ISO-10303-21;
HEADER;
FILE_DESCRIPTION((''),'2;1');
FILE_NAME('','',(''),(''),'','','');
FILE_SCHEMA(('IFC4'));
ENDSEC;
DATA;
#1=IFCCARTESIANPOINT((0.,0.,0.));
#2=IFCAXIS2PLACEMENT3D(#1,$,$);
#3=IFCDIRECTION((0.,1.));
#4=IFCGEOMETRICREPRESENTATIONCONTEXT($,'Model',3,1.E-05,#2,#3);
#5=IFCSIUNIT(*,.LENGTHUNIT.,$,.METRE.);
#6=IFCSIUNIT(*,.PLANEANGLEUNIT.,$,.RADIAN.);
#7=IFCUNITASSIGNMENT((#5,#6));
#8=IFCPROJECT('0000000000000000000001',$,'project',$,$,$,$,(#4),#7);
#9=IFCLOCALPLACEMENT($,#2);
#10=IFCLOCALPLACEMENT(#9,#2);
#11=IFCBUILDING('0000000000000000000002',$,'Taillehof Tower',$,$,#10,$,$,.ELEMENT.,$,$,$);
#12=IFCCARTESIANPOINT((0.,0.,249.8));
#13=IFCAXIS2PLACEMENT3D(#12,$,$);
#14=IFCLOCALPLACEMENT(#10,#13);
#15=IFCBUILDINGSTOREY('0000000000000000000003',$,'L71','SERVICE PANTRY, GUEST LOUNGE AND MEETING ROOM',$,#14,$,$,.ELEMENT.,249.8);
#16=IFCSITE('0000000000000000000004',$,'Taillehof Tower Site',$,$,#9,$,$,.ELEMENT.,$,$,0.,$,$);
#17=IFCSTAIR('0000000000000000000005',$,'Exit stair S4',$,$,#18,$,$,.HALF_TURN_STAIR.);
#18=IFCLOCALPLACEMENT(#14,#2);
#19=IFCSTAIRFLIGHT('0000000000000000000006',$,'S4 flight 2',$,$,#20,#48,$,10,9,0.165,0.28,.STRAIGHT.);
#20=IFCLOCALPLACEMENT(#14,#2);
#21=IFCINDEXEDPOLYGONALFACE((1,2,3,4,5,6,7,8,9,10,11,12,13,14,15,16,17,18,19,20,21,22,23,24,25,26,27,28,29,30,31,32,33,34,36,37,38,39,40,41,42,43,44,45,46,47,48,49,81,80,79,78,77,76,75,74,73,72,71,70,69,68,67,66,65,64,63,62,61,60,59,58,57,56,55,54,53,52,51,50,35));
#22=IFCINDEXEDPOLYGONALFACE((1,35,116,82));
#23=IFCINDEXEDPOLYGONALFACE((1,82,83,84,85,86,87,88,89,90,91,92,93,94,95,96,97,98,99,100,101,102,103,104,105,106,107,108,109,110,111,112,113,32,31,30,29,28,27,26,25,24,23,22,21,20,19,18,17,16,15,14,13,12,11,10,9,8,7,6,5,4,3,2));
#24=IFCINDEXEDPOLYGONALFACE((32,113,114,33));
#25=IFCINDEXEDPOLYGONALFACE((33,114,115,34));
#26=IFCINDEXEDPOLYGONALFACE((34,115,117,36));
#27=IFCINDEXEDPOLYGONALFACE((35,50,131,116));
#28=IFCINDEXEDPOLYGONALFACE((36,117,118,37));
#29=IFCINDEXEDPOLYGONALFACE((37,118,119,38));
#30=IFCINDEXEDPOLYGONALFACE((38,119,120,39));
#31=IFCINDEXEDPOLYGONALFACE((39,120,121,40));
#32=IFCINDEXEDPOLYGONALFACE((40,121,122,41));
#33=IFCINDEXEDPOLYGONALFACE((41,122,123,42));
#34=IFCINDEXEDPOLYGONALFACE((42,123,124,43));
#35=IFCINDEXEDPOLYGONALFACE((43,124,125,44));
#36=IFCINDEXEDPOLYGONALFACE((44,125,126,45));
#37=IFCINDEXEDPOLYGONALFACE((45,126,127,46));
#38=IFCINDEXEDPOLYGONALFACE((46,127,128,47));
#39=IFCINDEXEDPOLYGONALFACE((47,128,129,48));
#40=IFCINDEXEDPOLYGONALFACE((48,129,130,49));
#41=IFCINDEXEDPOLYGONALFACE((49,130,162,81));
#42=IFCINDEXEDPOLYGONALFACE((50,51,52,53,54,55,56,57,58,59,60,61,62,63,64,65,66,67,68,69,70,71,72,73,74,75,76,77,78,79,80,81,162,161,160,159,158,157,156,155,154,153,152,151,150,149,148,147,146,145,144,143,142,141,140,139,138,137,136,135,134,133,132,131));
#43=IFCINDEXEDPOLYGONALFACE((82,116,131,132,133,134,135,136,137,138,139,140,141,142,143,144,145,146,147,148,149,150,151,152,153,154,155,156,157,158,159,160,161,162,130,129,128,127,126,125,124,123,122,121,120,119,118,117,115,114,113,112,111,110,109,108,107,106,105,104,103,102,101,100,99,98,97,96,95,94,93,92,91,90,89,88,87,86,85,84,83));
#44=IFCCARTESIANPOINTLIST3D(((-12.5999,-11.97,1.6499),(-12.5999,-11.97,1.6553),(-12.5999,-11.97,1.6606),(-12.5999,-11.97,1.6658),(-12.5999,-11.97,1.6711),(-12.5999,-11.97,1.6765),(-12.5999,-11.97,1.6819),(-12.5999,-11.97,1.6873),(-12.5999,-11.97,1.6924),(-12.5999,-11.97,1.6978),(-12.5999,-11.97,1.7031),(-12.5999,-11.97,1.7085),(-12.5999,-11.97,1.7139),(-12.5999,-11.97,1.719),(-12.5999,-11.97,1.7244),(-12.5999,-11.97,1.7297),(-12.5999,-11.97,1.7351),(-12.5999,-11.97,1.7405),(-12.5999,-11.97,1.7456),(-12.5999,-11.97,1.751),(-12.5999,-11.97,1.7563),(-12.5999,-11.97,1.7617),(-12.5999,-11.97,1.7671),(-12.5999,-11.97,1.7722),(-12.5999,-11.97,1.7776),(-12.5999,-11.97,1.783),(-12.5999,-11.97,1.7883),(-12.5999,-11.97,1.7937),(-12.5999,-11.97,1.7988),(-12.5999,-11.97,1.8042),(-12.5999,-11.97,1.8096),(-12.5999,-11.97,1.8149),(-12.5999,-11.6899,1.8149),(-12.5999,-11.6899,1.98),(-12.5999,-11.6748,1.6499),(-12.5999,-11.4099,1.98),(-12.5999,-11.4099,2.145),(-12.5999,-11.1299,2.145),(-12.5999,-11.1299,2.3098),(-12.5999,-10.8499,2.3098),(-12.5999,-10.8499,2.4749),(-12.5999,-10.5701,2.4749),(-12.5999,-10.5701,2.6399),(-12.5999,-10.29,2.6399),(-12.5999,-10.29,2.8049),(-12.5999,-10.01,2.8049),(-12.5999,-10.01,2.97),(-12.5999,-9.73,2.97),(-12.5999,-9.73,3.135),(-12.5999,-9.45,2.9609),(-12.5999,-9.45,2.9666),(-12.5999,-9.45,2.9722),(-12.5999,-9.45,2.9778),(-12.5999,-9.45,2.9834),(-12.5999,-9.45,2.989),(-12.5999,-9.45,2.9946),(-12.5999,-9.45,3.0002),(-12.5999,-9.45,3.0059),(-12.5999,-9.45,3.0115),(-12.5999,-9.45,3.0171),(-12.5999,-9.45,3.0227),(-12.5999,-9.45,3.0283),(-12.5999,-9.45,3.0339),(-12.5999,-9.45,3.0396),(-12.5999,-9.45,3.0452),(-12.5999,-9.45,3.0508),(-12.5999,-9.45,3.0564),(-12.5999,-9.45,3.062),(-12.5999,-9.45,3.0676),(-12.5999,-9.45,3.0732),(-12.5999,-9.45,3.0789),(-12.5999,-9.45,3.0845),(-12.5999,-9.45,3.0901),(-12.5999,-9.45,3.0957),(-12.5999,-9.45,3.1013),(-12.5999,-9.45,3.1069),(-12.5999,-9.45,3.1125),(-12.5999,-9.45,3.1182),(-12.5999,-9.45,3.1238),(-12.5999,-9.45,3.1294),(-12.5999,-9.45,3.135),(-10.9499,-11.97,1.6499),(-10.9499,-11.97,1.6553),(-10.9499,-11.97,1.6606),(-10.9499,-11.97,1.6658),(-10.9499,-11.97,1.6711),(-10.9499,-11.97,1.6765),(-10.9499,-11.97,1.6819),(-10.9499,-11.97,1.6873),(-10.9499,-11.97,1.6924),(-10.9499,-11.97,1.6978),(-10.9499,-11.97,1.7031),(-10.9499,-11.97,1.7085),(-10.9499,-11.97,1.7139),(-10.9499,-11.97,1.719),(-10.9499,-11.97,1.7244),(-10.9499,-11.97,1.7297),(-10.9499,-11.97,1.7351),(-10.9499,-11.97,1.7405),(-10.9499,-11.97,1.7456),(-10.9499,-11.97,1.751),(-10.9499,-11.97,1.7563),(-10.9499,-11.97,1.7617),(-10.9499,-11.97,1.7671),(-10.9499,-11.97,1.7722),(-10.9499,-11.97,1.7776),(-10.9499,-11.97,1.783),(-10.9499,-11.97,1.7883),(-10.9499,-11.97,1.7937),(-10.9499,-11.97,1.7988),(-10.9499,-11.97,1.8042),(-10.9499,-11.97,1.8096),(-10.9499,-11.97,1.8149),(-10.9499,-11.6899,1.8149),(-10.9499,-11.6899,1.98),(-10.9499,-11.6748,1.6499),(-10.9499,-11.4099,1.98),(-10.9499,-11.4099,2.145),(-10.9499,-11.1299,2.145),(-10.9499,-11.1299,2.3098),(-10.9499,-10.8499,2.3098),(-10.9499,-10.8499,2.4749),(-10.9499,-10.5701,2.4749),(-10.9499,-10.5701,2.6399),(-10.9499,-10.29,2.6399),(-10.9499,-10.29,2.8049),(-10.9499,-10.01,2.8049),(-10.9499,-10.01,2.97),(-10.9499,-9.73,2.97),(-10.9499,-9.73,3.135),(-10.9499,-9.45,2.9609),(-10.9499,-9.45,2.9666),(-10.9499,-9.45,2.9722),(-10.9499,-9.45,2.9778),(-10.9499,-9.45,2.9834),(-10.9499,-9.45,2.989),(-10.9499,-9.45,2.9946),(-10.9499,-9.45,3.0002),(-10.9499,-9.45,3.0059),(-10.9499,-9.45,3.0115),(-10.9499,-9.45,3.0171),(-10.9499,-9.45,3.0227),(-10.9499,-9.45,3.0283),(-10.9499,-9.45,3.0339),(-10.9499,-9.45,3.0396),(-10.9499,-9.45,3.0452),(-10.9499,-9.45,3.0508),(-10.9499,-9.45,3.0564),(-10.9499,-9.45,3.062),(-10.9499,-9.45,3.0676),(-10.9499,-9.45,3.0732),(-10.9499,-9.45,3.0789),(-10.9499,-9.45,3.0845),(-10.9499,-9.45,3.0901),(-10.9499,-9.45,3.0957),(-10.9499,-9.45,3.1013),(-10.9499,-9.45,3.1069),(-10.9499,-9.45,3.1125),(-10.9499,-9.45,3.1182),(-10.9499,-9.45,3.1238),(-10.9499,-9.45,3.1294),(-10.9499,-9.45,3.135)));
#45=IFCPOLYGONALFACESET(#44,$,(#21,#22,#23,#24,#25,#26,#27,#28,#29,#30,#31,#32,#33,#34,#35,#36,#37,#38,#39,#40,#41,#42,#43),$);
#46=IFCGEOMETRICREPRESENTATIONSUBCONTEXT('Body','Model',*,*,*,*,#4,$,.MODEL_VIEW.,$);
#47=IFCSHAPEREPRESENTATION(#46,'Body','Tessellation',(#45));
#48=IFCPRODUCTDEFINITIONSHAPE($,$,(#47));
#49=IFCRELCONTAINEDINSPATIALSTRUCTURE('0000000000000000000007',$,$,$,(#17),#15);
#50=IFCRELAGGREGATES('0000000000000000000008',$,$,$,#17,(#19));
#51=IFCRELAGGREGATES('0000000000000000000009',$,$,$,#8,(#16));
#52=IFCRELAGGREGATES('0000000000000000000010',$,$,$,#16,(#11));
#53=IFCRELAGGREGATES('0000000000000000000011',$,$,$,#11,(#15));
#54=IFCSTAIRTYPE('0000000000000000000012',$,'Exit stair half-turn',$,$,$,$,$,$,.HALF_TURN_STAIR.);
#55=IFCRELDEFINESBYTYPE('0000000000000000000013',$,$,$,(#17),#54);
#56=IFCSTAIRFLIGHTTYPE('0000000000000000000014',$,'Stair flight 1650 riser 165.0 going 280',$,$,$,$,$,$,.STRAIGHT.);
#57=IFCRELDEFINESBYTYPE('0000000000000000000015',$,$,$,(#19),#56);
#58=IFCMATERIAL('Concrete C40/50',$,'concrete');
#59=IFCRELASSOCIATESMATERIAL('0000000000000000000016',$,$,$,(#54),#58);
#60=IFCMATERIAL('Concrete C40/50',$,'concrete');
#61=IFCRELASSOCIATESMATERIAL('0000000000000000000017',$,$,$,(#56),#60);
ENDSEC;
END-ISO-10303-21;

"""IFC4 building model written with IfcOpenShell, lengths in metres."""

from ifc_helpers import new_model, si_unit, direction, frame, origin, place, context, subcontext, project, spatial, polyline, outline, extrude, material, type_object, element, aggregate, save


model = new_model("IFC4")

# Units and contexts
model_context = context("Model", 3, precision=1e-05, world=origin(), true_north=direction((0.0, 1.0)))
body_context = subcontext(model_context, "Body", "Model", "MODEL_VIEW")
ifc_project = project(units=[si_unit("LENGTHUNIT", "METRE"), si_unit("PLANEANGLEUNIT", "RADIAN")], contexts=[model_context])

# Site, building, storey
site_placement = place(None, origin())
site = spatial("IfcSite", under=ifc_project, at=site_placement, Name="Taillehof Tower Site", CompositionType="ELEMENT", RefElevation=0.0)
building_placement = place(site_placement, origin())
building = spatial("IfcBuilding", under=site, at=building_placement, Name="Taillehof Tower", CompositionType="ELEMENT")
storey_placement = place(building_placement, frame((0.0, 0.0, 249.8)))
storey = spatial("IfcBuildingStorey", under=building, at=storey_placement, Name="L71", Description="SERVICE PANTRY, GUEST LOUNGE AND MEETING ROOM", CompositionType="ELEMENT", Elevation=249.8)

# Stair, stair flight
ifc_material_1 = material(Name="Concrete C40/50", Category="concrete")
stair_type = type_object("IfcStairType", Name="Exit stair half-turn", PredefinedType="HALF_TURN_STAIR", material=ifc_material_1)
stair_placement = place(storey_placement, origin())
stair = element("IfcStair", 1, at=stair_placement, inside=storey, type_object=stair_type, Name="Exit stair S4", PredefinedType="HALF_TURN_STAIR")
ifc_material_2 = material(Name="Concrete C40/50", Category="concrete")
stair_flight_type = type_object("IfcStairFlightType", Name="Stair flight 1650 riser 165.0 going 280", PredefinedType="STRAIGHT", material=ifc_material_2)
stair_flight_placement = place(storey_placement, frame((-11.7749, -11.97, 1.6499), z_axis=(0.0, 0.0, 1.0), x_axis=(0.0, 1.0, 0.0)))
stair_flight = element("IfcStairFlight", 2, at=stair_flight_placement, type_object=stair_flight_type, Name="S4 flight 2", NumberOfRisers=10, NumberOfTreads=9, PredefinedType="STRAIGHT", RiserHeight=0.165, TreadLength=0.28, context=body_context, shape_type="SweptSolid", body=[
    extrude(outline(polyline([(0.0, 0.0), (0.0, 0.0054), (0.0, 0.0107), (0.0, 0.0159), (0.0, 0.0212), (0.0, 0.0266), (0.0, 0.032), (0.0, 0.0374), (0.0, 0.0425), (0.0, 0.0479), (0.0, 0.0532), (0.0, 0.0586), (0.0, 0.064), (0.0, 0.0691), (0.0, 0.0745), (0.0, 0.0798), (0.0, 0.0852), (0.0, 0.0906), (0.0, 0.0957), (0.0, 0.1011), (0.0, 0.1064), (0.0, 0.1118), (0.0, 0.1172), (0.0, 0.1223), (0.0, 0.1277), (0.0, 0.1331), (0.0, 0.1384), (0.0, 0.1438), (0.0, 0.1489), (0.0, 0.1543), (0.0, 0.1597), (0.0, 0.165), (0.28, 0.165), (0.28, 0.3301), (0.5601, 0.3301), (0.5601, 0.4951), (0.8401, 0.4951), (0.8401, 0.6599), (1.1201, 0.6599), (1.1201, 0.825), (1.3999, 0.825), (1.3999, 0.99), (1.6799, 0.99), (1.6799, 1.155), (1.96, 1.155), (1.96, 1.3201), (2.24, 1.3201), (2.24, 1.4851), (2.52, 1.4851), (2.52, 1.4795), (2.52, 1.4739), (2.52, 1.4683), (2.52, 1.4626), (2.52, 1.457), (2.52, 1.4514), (2.52, 1.4458), (2.52, 1.4402), (2.52, 1.4346), (2.52, 1.429), (2.52, 1.4233), (2.52, 1.4177), (2.52, 1.4121), (2.52, 1.4065), (2.52, 1.4009), (2.52, 1.3953), (2.52, 1.3896), (2.52, 1.384), (2.52, 1.3784), (2.52, 1.3728), (2.52, 1.3672), (2.52, 1.3616), (2.52, 1.356), (2.52, 1.3503), (2.52, 1.3447), (2.52, 1.3391), (2.52, 1.3335), (2.52, 1.3279), (2.52, 1.3223), (2.52, 1.3167), (2.52, 1.311), (0.2952, 0.0), (0.0, 0.0)])), frame((0.0, 0.825, 0.0), z_axis=(0.0, -1.0, 0.0), x_axis=(1.0, 0.0, 0.0)), (0.0, 0.0, 1.0), 1.65),
])
aggregate(stair, [stair_flight])

save(model, "model.ifc")
